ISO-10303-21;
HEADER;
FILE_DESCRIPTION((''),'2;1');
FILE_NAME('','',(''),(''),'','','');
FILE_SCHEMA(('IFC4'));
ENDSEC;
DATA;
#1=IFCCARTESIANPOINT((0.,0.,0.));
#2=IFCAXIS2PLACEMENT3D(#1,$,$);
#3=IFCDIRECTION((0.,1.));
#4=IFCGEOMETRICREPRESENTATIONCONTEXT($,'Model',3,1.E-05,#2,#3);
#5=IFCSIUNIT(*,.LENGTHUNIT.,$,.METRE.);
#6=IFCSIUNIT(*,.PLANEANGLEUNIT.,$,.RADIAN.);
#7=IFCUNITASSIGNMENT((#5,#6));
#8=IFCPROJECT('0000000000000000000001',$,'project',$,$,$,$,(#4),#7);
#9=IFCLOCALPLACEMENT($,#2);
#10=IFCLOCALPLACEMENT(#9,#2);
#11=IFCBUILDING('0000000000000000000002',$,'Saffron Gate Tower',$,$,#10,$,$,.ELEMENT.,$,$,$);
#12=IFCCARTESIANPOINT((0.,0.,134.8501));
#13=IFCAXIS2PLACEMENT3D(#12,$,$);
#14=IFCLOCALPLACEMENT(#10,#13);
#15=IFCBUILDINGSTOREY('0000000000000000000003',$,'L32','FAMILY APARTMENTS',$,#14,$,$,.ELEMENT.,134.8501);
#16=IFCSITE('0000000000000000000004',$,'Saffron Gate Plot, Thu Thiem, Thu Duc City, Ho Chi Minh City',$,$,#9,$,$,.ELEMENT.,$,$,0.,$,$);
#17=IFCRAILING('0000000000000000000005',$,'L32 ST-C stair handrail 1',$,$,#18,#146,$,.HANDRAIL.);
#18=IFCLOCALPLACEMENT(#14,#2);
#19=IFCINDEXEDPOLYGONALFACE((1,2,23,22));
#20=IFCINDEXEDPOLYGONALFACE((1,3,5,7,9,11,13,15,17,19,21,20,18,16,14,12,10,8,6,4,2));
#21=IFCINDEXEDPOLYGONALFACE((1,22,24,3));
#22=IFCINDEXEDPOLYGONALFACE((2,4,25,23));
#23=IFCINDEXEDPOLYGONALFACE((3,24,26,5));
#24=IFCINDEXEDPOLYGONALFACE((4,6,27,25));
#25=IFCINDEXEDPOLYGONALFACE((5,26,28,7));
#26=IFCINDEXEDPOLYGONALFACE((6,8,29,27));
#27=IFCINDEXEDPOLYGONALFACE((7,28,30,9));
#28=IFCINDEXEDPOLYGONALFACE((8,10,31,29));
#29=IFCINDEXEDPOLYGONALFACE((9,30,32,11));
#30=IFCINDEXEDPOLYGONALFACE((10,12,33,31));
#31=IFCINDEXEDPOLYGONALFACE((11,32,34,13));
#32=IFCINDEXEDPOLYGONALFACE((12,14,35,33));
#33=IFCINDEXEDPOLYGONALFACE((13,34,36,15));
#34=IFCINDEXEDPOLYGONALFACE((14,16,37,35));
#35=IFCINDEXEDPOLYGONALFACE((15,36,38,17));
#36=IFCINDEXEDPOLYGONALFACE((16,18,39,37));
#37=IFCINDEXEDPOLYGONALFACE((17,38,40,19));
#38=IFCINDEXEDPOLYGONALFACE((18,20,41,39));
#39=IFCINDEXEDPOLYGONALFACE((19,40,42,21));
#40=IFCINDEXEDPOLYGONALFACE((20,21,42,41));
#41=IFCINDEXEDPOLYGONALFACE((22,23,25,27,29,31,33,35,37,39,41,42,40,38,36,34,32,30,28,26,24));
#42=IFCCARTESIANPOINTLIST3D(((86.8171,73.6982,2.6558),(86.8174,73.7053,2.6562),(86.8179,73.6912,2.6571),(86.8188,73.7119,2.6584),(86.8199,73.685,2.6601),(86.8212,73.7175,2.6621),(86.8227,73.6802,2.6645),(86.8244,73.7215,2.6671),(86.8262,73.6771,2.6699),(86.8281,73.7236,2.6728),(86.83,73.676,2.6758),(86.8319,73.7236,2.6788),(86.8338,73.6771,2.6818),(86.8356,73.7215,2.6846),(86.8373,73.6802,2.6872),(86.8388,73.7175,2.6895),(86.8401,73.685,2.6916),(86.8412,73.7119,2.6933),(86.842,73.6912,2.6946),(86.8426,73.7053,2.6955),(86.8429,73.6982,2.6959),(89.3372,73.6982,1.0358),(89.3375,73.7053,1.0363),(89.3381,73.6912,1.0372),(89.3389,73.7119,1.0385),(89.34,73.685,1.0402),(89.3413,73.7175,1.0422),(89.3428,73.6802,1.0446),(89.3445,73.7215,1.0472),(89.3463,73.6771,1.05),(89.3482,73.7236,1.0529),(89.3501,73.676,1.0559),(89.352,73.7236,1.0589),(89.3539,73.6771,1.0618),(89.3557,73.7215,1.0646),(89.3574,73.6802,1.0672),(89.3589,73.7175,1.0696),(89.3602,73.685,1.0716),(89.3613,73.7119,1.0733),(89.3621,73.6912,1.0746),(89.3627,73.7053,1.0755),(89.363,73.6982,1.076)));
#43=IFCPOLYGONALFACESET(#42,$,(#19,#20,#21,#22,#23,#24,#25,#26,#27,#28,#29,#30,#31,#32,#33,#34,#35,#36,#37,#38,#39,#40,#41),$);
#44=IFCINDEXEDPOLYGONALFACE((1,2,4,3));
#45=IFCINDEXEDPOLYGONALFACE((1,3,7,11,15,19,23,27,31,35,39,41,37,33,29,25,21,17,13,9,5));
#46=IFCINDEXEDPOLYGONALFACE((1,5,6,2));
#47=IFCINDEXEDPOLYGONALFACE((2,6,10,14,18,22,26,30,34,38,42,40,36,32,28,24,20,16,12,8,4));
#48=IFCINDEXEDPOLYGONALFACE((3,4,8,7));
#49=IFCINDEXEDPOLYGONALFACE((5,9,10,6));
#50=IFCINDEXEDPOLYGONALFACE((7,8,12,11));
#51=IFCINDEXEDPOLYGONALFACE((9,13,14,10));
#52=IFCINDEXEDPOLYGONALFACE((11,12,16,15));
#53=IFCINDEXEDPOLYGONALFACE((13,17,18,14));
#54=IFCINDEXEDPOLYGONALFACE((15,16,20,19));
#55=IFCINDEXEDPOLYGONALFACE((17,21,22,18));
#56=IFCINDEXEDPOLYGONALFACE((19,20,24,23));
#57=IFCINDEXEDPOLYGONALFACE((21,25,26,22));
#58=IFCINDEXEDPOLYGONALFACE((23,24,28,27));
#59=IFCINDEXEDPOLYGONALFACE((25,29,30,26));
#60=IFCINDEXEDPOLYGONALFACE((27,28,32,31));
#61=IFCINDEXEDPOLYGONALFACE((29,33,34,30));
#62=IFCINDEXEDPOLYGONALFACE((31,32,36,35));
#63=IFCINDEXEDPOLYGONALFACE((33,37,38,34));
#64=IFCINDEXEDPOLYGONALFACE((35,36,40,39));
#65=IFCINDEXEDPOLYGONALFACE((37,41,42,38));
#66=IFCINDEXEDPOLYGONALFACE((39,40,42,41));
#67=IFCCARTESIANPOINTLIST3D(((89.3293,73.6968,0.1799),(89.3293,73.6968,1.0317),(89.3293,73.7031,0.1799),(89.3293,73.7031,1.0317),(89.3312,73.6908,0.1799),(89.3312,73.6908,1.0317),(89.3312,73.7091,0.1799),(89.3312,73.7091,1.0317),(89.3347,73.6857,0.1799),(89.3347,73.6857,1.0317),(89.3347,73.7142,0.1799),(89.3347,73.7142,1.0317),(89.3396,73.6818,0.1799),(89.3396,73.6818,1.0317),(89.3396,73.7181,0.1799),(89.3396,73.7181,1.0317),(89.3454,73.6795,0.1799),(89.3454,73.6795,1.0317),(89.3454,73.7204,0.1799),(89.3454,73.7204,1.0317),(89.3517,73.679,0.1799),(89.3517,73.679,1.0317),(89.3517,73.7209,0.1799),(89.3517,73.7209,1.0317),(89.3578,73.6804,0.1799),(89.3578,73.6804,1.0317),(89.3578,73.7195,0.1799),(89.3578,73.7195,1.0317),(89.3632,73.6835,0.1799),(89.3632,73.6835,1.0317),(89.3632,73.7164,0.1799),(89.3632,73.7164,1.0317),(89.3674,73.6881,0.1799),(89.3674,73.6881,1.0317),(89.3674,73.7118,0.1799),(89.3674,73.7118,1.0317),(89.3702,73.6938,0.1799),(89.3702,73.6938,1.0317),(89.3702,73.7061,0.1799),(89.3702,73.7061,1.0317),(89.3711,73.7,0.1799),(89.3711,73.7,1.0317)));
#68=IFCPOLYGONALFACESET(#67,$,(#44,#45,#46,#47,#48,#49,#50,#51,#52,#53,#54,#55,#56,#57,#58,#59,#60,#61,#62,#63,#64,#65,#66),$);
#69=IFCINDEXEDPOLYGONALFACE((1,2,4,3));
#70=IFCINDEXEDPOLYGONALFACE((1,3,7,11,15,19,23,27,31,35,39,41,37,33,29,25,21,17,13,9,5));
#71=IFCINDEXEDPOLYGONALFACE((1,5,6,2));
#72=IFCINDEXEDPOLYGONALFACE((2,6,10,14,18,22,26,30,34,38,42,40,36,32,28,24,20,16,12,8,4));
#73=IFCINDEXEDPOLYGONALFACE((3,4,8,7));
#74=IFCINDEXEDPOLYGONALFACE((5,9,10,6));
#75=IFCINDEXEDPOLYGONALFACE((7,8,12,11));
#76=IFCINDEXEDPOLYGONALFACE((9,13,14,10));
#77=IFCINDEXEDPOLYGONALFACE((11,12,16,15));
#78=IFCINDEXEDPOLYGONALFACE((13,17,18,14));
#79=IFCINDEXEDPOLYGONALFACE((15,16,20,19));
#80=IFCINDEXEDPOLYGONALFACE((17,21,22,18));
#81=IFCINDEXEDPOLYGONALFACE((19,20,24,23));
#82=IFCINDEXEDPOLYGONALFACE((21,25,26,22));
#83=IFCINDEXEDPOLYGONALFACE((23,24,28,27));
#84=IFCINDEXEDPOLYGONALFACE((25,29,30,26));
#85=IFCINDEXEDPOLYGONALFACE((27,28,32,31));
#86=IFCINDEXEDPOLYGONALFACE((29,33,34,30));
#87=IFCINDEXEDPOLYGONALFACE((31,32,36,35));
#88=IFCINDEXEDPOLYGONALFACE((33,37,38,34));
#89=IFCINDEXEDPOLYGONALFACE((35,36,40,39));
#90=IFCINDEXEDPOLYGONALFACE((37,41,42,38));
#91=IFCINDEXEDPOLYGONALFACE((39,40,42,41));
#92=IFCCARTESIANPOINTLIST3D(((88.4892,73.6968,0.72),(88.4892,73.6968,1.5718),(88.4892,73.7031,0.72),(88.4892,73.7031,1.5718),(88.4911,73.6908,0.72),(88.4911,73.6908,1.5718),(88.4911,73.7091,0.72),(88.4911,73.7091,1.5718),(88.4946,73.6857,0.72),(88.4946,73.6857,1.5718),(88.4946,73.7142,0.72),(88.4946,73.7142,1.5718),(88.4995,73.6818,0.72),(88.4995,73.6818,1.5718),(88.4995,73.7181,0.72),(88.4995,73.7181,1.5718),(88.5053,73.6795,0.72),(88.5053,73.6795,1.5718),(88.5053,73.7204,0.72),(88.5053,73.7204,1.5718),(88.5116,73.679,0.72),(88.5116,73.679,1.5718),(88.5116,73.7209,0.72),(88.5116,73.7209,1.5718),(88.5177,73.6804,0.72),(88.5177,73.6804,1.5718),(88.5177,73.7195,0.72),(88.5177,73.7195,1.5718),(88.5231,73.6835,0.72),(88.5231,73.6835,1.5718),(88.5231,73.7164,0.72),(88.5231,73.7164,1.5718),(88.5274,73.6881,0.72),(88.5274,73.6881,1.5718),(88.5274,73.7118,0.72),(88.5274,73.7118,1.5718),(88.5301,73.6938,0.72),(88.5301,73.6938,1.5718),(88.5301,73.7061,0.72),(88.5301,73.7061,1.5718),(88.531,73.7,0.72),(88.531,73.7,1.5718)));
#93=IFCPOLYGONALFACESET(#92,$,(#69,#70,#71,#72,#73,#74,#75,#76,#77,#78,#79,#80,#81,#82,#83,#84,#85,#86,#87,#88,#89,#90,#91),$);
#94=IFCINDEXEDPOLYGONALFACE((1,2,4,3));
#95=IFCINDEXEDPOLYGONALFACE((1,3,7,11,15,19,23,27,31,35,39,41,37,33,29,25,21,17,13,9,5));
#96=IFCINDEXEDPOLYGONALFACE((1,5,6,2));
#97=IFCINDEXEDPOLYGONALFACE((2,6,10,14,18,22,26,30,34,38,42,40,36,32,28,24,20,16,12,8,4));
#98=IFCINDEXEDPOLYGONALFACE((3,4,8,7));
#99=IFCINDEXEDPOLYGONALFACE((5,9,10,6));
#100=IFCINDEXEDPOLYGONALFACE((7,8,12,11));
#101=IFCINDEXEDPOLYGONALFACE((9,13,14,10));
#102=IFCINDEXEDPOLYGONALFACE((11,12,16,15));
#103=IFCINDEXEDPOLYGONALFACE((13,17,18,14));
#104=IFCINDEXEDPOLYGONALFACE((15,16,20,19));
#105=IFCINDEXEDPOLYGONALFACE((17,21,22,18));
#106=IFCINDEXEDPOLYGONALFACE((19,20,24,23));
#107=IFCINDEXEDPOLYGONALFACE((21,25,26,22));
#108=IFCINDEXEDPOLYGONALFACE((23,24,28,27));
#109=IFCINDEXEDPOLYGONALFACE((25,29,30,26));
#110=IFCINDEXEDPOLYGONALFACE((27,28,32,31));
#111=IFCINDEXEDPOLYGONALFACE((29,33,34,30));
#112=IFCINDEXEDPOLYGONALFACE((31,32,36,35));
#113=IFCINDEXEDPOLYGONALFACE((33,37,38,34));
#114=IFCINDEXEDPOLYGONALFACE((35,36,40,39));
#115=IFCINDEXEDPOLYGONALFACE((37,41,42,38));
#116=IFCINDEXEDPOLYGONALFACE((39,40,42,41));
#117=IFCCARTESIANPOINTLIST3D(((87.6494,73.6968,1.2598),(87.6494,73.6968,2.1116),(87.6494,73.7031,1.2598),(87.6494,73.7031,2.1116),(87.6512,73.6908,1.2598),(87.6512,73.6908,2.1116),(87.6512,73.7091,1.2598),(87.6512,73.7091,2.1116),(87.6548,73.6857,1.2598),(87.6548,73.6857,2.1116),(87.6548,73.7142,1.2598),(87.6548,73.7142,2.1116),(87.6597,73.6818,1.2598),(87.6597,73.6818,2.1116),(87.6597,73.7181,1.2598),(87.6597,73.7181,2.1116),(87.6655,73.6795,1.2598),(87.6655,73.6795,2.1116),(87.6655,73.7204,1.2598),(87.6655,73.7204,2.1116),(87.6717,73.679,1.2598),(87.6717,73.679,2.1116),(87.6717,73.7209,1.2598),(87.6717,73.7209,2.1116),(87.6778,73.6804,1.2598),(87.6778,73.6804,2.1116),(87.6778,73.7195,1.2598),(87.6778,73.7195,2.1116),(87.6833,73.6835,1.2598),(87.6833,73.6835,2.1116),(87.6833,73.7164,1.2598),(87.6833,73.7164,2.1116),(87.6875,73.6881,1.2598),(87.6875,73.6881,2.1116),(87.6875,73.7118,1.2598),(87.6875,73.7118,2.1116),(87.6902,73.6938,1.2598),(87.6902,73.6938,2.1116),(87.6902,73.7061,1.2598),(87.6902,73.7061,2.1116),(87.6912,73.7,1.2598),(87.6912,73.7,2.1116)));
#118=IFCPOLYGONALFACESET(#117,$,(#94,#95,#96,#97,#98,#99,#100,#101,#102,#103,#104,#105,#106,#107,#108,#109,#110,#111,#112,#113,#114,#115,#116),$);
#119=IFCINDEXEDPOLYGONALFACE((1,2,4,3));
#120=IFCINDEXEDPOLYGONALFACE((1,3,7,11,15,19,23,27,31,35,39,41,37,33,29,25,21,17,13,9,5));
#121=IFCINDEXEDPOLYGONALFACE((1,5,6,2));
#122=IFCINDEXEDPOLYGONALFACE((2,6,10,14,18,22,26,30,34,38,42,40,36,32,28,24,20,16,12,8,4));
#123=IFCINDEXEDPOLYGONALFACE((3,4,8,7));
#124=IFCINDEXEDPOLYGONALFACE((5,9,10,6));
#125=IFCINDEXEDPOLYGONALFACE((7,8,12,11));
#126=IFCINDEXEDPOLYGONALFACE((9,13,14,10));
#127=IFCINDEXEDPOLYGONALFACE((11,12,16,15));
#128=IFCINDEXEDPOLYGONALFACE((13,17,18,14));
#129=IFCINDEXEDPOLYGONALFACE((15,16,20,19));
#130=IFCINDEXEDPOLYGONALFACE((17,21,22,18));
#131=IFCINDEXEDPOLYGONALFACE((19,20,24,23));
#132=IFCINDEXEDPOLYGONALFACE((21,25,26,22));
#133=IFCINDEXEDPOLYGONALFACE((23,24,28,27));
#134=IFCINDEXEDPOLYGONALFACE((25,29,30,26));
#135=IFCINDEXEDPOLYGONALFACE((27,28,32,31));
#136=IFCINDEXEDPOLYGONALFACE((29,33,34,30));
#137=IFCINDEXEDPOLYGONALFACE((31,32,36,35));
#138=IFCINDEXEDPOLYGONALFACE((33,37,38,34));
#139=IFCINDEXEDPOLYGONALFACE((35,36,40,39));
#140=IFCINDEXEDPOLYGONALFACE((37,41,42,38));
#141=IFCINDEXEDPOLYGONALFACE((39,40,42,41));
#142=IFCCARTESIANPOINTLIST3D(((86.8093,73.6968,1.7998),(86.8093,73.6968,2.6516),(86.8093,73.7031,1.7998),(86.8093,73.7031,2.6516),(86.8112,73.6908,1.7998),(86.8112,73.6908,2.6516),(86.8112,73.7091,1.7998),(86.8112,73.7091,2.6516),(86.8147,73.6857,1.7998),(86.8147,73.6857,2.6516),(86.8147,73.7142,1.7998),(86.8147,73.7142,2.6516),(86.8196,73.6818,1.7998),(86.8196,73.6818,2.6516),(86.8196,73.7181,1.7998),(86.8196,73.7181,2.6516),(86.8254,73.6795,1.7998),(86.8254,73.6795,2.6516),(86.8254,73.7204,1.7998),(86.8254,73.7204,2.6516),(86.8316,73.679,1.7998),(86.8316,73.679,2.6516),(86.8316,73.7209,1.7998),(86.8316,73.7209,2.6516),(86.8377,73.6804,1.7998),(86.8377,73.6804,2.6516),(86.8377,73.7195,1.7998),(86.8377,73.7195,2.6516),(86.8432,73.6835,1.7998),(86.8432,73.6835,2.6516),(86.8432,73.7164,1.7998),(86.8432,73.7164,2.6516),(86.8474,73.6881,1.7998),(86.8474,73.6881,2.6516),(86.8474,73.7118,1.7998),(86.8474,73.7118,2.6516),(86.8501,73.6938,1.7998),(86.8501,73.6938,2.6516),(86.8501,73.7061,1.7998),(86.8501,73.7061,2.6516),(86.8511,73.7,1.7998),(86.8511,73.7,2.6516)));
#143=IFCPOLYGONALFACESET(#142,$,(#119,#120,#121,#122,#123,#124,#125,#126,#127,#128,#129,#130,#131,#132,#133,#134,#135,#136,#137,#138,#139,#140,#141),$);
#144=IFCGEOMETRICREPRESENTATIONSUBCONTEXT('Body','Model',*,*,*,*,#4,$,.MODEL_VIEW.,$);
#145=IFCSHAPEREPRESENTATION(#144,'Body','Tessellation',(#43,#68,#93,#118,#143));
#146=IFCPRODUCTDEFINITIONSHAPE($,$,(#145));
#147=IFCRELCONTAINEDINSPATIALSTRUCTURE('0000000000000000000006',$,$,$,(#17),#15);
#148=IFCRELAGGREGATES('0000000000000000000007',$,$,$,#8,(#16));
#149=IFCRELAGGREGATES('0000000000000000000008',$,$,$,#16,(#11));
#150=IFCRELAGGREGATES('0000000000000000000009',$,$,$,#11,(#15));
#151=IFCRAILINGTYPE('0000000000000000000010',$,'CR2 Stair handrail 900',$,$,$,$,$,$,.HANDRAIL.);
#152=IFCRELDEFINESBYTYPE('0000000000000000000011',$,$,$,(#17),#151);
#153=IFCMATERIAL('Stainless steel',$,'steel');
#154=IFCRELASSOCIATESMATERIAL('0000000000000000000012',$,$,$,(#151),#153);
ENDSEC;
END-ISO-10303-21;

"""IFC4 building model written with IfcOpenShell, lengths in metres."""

from ifc_helpers import new_model, si_unit, direction, frame, origin, origin_2d, place, context, subcontext, project, spatial, circle, extrude, material, type_object, element, save


model = new_model("IFC4")

# Units and contexts
model_context = context("Model", 3, precision=1e-05, world=origin(), true_north=direction((0.0, 1.0)))
body_context = subcontext(model_context, "Body", "Model", "MODEL_VIEW")
ifc_project = project(units=[si_unit("LENGTHUNIT", "METRE"), si_unit("PLANEANGLEUNIT", "RADIAN")], contexts=[model_context])

# Site, building, storey
site_placement = place(None, origin())
site = spatial("IfcSite", under=ifc_project, at=site_placement, Name="Saffron Gate Plot, Thu Thiem, Thu Duc City, Ho Chi Minh City", CompositionType="ELEMENT", RefElevation=0.0)
building_placement = place(site_placement, origin())
building = spatial("IfcBuilding", under=site, at=building_placement, Name="Saffron Gate Tower", CompositionType="ELEMENT")
storey_placement = place(building_placement, frame((0.0, 0.0, 134.8501)))
storey = spatial("IfcBuildingStorey", under=building, at=storey_placement, Name="L32", Description="FAMILY APARTMENTS", CompositionType="ELEMENT", Elevation=134.8501)

# Railing
ifc_material_1 = material(Name="Stainless steel", Category="steel")
railing_type_1 = type_object("IfcRailingType", Name="CR2 Stair handrail 900", PredefinedType="HANDRAIL", material=ifc_material_1)
railing_1_placement = place(storey_placement, frame((89.3501, 73.7, 0.1799)))
element("IfcRailing", 1, at=railing_1_placement, inside=storey, type_object=railing_type_1, Name="L32 ST-C stair handrail 1", PredefinedType="HANDRAIL", context=body_context, shape_type="SweptSolid", body=[
    extrude(circle(Radius=0.0239, at=origin_2d()), frame((0.0, 0.0, 0.876), z_axis=(-0.8412, 0.0, 0.540725), x_axis=(0.0, -1.0, 0.0)), (0.0, 0.0, 1.0), 2.9958),
    extrude(circle(Radius=0.021, at=origin_2d()), origin(), (0.0, 0.0, 1.0), 0.8518),
    extrude(circle(Radius=0.021, at=origin_2d()), frame((-0.8401, 0.0, 0.54)), (0.0, 0.0, 1.0), 0.8518),
    extrude(circle(Radius=0.021, at=origin_2d()), frame((-1.6799, 0.0, 1.0798)), (0.0, 0.0, 1.0), 0.8518),
    extrude(circle(Radius=0.021, at=origin_2d()), frame((-2.52, 0.0, 1.6199)), (0.0, 0.0, 1.0), 0.8518),
])

save(model, "model.ifc")
